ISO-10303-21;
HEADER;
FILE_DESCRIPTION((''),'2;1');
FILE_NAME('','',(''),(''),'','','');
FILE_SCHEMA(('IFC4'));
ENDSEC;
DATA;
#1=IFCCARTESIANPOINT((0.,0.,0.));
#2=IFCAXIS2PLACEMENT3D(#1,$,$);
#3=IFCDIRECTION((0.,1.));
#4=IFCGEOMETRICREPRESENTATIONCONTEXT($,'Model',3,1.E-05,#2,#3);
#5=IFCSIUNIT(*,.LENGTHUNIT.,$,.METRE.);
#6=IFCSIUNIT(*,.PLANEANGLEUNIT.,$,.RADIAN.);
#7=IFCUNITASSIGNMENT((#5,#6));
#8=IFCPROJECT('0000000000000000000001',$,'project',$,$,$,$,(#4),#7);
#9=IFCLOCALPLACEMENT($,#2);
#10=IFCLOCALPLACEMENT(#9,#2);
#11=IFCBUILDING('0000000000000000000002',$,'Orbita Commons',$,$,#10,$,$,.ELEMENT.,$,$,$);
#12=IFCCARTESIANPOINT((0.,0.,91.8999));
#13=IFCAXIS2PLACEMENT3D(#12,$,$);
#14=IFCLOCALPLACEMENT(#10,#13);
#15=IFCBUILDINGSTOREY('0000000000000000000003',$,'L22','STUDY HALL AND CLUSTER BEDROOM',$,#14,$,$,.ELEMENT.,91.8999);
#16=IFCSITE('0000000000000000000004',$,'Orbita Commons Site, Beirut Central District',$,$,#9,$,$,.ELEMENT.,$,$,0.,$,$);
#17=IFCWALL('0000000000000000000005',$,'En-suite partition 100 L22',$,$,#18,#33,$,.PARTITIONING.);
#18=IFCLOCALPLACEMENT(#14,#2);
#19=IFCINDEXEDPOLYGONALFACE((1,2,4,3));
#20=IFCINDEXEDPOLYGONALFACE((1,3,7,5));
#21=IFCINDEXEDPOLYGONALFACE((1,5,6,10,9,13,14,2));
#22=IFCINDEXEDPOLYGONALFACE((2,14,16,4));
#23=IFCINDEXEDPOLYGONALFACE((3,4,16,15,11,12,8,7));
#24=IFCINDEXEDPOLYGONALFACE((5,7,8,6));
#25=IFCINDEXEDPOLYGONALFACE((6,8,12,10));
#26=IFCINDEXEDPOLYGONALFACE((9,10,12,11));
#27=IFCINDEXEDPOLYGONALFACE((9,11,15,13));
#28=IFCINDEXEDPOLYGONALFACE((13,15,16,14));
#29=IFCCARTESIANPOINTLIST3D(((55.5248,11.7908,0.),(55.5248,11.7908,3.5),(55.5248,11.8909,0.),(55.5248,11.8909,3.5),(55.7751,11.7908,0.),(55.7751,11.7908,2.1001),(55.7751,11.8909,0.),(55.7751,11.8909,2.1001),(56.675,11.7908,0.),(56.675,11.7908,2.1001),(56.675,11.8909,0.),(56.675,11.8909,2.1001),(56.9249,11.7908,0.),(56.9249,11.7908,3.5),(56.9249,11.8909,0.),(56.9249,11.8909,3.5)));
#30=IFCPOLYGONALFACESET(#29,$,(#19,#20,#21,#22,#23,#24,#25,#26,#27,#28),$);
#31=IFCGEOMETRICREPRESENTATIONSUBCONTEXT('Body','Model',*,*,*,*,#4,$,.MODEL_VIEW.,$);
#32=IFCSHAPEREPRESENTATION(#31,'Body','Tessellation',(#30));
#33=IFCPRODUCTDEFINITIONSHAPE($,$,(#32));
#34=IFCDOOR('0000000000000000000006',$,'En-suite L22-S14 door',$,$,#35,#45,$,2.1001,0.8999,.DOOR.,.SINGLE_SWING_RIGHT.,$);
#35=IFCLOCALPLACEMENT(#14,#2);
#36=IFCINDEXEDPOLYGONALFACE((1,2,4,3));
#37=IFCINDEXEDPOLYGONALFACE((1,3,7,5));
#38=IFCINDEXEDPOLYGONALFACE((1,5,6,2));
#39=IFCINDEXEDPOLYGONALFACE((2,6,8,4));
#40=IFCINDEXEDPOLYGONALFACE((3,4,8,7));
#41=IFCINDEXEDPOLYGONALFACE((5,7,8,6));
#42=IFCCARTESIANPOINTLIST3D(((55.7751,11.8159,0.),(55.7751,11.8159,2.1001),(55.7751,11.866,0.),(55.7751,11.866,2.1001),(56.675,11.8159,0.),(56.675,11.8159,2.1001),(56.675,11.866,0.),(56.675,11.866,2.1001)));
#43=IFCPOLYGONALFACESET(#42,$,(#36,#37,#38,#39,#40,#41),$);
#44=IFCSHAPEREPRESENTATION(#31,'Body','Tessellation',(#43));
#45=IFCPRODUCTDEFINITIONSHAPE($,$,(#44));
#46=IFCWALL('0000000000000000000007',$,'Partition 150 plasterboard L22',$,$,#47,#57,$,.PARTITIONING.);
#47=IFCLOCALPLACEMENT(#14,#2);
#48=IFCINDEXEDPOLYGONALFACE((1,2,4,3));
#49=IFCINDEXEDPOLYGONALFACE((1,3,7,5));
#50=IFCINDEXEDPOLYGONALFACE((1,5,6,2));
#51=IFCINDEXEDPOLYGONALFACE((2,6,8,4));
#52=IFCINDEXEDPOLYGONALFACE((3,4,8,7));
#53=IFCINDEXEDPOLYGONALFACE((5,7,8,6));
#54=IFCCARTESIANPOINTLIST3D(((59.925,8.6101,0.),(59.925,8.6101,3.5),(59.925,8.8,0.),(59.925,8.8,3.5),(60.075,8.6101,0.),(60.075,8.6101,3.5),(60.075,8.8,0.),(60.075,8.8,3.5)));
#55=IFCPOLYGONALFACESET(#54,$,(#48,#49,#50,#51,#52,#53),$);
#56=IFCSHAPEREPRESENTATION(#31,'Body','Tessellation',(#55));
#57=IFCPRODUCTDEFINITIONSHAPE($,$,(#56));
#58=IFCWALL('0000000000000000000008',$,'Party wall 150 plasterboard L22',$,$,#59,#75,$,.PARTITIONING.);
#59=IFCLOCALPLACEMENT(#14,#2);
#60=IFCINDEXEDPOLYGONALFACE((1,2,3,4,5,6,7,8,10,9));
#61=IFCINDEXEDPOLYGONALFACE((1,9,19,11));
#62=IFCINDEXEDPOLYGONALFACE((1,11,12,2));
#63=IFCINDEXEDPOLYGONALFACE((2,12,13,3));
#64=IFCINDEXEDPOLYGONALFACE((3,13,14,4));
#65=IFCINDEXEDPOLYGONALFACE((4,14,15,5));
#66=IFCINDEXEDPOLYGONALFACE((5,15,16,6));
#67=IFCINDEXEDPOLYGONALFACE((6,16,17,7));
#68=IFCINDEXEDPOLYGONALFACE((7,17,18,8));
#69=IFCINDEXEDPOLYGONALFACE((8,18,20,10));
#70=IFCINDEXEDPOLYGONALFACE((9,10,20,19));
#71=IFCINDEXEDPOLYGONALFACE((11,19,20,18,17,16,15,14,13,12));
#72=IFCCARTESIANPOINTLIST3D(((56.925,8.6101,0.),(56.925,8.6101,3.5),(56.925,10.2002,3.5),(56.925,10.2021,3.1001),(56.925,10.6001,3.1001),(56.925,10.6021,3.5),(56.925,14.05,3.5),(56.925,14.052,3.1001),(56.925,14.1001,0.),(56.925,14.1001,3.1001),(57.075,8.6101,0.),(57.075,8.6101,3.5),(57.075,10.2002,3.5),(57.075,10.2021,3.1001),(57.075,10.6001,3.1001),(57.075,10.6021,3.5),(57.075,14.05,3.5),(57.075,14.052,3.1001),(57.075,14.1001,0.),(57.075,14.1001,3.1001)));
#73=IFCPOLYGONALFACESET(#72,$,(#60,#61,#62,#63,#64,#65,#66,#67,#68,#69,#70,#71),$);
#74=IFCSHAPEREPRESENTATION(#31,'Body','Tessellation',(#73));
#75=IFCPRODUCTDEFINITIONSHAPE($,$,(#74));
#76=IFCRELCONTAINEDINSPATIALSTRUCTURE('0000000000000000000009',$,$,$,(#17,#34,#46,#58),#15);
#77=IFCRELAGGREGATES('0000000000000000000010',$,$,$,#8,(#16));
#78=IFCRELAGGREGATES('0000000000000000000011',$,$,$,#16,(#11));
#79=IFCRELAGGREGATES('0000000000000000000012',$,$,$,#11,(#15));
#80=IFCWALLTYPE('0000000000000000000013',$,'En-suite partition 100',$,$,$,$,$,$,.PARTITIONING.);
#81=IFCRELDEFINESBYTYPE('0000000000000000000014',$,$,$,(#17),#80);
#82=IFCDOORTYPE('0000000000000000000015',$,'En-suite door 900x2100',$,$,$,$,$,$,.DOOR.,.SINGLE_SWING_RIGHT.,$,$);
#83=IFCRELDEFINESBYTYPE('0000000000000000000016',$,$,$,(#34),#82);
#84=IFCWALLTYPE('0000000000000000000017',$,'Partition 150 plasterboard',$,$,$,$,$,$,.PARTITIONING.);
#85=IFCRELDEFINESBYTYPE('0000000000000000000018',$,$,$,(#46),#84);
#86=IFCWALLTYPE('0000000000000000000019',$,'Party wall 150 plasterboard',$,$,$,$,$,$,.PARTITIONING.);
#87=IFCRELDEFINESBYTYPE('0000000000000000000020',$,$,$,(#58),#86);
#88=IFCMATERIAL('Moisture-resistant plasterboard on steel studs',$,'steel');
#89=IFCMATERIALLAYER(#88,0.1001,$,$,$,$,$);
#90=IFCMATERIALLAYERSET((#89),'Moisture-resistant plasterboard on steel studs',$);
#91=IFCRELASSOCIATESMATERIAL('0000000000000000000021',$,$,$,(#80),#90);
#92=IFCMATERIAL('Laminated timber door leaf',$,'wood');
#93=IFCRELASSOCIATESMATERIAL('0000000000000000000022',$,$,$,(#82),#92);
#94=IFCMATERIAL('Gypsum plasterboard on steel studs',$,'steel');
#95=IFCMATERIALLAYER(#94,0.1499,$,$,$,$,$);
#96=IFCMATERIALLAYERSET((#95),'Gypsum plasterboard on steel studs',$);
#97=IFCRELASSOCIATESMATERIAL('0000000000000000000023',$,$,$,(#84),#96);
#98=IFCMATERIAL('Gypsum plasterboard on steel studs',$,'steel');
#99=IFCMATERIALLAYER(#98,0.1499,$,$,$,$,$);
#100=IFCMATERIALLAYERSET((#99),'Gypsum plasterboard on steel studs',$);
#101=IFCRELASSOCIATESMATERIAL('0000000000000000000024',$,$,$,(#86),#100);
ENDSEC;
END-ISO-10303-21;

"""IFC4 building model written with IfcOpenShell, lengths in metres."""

from ifc_helpers import new_model, si_unit, direction, frame, frame_2d, origin, place, context, subcontext, project, spatial, polyline, rectangle, outline, extrude, material, layer, layer_set, type_object, element, fill, save


model = new_model("IFC4")

# Units and contexts
model_context = context("Model", 3, precision=1e-05, world=origin(), true_north=direction((0.0, 1.0)))
body_context = subcontext(model_context, "Body", "Model", "MODEL_VIEW")
ifc_project = project(units=[si_unit("LENGTHUNIT", "METRE"), si_unit("PLANEANGLEUNIT", "RADIAN")], contexts=[model_context])

# Site, building, storey
site_placement = place(None, origin())
site = spatial("IfcSite", under=ifc_project, at=site_placement, Name="Orbita Commons Site, Beirut Central District", CompositionType="ELEMENT", RefElevation=0.0)
building_placement = place(site_placement, origin())
building = spatial("IfcBuilding", under=site, at=building_placement, Name="Orbita Commons", CompositionType="ELEMENT")
storey_placement = place(building_placement, frame((0.0, 0.0, 91.8999)))
storey = spatial("IfcBuildingStorey", under=building, at=storey_placement, Name="L22", Description="STUDY HALL AND CLUSTER BEDROOM", CompositionType="ELEMENT", Elevation=91.8999)

# Wall, opening, door
ifc_material_1 = material(Name="Moisture-resistant plasterboard on steel studs", Category="steel")
ifc_layer_1 = layer(ifc_material_1, 0.1001)
ifc_layer_set_1 = layer_set([ifc_layer_1], Name="Moisture-resistant plasterboard on steel studs")
wall_type_1 = type_object("IfcWallType", Name="En-suite partition 100", PredefinedType="PARTITIONING", material=ifc_layer_set_1)
wall_1_placement = place(storey_placement, frame((56.925, 11.8408, 0.0), z_axis=(0.0, 0.0, 1.0), x_axis=(-1.0, 0.0, 0.0)))
wall_1 = element("IfcWall", 1, at=wall_1_placement, inside=storey, type_object=wall_type_1, Name="En-suite partition 100 L22", PredefinedType="PARTITIONING", context=body_context, shape_type="SweptSolid", body=[
    extrude(rectangle(XDim=1.4001, YDim=0.1001, at=frame_2d((0.7002, 0.0))), origin(), (0.0, 0.0, 1.0), 3.5),
])
opening_placement = place(wall_1_placement, frame((0.25, 0.0, 0.0)))
opening = element("IfcOpeningElement", 2, at=opening_placement, cuts=wall_1, PredefinedType="OPENING", context=body_context, shape_type="SweptSolid", body=[
    extrude(rectangle(XDim=0.8999, YDim=2.1001, at=frame_2d((0.45, 1.05))), frame((0.0, 0.0601, 0.0), z_axis=(0.0, -1.0, 0.0), x_axis=(1.0, 0.0, 0.0)), (0.0, 0.0, 1.0), 0.1201),
])
ifc_material_2 = material(Name="Laminated timber door leaf", Category="wood")
door_type = type_object("IfcDoorType", Name="En-suite door 900x2100", OperationType="SINGLE_SWING_RIGHT", PredefinedType="DOOR", material=ifc_material_2)
door_placement = place(opening_placement, origin())
door = element("IfcDoor", 3, at=door_placement, inside=storey, type_object=door_type, Name="En-suite L22-S14 door", OperationType="SINGLE_SWING_RIGHT", OverallHeight=2.1001, OverallWidth=0.8999, PredefinedType="DOOR", context=body_context, shape_type="SweptSolid", body=[
    extrude(rectangle(XDim=0.8999, YDim=2.1001, at=frame_2d((0.45, 1.05))), frame((0.0, 0.0249, 0.0), z_axis=(0.0, -1.0, 0.0), x_axis=(1.0, 0.0, 0.0)), (0.0, 0.0, 1.0), 0.05),
])
fill(opening, door)

# Walls
ifc_material_3 = material(Name="Gypsum plasterboard on steel studs", Category="steel")
ifc_layer_2 = layer(ifc_material_3, 0.1499)
ifc_layer_set_2 = layer_set([ifc_layer_2], Name="Gypsum plasterboard on steel studs")
wall_type_2 = type_object("IfcWallType", Name="Partition 150 plasterboard", PredefinedType="PARTITIONING", material=ifc_layer_set_2)
wall_2_placement = place(storey_placement, frame((60.0, 8.8, 0.0), z_axis=(0.0, 0.0, 1.0), x_axis=(0.0, -1.0, 0.0)))
element("IfcWall", 4, at=wall_2_placement, inside=storey, type_object=wall_type_2, Name="Partition 150 plasterboard L22", PredefinedType="PARTITIONING", context=body_context, shape_type="SweptSolid", body=[
    extrude(rectangle(XDim=0.1899, YDim=0.1499, at=frame_2d((0.095, 0.0))), origin(), (0.0, 0.0, 1.0), 3.5),
])
ifc_material_4 = material(Name="Gypsum plasterboard on steel studs", Category="steel")
ifc_layer_3 = layer(ifc_material_4, 0.1499)
ifc_layer_set_3 = layer_set([ifc_layer_3], Name="Gypsum plasterboard on steel studs")
wall_type_3 = type_object("IfcWallType", Name="Party wall 150 plasterboard", PredefinedType="PARTITIONING", material=ifc_layer_set_3)
wall_3_placement = place(storey_placement, frame((57.0, 8.6101, 0.0), z_axis=(0.0, 0.0, 1.0), x_axis=(0.0, 1.0, 0.0)))
element("IfcWall", 5, at=wall_3_placement, inside=storey, type_object=wall_type_3, Name="Party wall 150 plasterboard L22", PredefinedType="PARTITIONING", context=body_context, shape_type="SweptSolid", body=[
    extrude(outline(polyline([(0.0, 0.0), (5.49, 0.0), (5.49, 3.1001), (5.4419, 3.1001), (5.4399, 3.5), (1.9919, 3.5), (1.99, 3.1001), (1.592, 3.1001), (1.5901, 3.5), (0.0, 3.5), (0.0, 0.0)])), frame((0.0, 0.075, 0.0), z_axis=(0.0, -1.0, 0.0), x_axis=(1.0, 0.0, 0.0)), (0.0, 0.0, 1.0), 0.1499),
])

save(model, "model.ifc")
